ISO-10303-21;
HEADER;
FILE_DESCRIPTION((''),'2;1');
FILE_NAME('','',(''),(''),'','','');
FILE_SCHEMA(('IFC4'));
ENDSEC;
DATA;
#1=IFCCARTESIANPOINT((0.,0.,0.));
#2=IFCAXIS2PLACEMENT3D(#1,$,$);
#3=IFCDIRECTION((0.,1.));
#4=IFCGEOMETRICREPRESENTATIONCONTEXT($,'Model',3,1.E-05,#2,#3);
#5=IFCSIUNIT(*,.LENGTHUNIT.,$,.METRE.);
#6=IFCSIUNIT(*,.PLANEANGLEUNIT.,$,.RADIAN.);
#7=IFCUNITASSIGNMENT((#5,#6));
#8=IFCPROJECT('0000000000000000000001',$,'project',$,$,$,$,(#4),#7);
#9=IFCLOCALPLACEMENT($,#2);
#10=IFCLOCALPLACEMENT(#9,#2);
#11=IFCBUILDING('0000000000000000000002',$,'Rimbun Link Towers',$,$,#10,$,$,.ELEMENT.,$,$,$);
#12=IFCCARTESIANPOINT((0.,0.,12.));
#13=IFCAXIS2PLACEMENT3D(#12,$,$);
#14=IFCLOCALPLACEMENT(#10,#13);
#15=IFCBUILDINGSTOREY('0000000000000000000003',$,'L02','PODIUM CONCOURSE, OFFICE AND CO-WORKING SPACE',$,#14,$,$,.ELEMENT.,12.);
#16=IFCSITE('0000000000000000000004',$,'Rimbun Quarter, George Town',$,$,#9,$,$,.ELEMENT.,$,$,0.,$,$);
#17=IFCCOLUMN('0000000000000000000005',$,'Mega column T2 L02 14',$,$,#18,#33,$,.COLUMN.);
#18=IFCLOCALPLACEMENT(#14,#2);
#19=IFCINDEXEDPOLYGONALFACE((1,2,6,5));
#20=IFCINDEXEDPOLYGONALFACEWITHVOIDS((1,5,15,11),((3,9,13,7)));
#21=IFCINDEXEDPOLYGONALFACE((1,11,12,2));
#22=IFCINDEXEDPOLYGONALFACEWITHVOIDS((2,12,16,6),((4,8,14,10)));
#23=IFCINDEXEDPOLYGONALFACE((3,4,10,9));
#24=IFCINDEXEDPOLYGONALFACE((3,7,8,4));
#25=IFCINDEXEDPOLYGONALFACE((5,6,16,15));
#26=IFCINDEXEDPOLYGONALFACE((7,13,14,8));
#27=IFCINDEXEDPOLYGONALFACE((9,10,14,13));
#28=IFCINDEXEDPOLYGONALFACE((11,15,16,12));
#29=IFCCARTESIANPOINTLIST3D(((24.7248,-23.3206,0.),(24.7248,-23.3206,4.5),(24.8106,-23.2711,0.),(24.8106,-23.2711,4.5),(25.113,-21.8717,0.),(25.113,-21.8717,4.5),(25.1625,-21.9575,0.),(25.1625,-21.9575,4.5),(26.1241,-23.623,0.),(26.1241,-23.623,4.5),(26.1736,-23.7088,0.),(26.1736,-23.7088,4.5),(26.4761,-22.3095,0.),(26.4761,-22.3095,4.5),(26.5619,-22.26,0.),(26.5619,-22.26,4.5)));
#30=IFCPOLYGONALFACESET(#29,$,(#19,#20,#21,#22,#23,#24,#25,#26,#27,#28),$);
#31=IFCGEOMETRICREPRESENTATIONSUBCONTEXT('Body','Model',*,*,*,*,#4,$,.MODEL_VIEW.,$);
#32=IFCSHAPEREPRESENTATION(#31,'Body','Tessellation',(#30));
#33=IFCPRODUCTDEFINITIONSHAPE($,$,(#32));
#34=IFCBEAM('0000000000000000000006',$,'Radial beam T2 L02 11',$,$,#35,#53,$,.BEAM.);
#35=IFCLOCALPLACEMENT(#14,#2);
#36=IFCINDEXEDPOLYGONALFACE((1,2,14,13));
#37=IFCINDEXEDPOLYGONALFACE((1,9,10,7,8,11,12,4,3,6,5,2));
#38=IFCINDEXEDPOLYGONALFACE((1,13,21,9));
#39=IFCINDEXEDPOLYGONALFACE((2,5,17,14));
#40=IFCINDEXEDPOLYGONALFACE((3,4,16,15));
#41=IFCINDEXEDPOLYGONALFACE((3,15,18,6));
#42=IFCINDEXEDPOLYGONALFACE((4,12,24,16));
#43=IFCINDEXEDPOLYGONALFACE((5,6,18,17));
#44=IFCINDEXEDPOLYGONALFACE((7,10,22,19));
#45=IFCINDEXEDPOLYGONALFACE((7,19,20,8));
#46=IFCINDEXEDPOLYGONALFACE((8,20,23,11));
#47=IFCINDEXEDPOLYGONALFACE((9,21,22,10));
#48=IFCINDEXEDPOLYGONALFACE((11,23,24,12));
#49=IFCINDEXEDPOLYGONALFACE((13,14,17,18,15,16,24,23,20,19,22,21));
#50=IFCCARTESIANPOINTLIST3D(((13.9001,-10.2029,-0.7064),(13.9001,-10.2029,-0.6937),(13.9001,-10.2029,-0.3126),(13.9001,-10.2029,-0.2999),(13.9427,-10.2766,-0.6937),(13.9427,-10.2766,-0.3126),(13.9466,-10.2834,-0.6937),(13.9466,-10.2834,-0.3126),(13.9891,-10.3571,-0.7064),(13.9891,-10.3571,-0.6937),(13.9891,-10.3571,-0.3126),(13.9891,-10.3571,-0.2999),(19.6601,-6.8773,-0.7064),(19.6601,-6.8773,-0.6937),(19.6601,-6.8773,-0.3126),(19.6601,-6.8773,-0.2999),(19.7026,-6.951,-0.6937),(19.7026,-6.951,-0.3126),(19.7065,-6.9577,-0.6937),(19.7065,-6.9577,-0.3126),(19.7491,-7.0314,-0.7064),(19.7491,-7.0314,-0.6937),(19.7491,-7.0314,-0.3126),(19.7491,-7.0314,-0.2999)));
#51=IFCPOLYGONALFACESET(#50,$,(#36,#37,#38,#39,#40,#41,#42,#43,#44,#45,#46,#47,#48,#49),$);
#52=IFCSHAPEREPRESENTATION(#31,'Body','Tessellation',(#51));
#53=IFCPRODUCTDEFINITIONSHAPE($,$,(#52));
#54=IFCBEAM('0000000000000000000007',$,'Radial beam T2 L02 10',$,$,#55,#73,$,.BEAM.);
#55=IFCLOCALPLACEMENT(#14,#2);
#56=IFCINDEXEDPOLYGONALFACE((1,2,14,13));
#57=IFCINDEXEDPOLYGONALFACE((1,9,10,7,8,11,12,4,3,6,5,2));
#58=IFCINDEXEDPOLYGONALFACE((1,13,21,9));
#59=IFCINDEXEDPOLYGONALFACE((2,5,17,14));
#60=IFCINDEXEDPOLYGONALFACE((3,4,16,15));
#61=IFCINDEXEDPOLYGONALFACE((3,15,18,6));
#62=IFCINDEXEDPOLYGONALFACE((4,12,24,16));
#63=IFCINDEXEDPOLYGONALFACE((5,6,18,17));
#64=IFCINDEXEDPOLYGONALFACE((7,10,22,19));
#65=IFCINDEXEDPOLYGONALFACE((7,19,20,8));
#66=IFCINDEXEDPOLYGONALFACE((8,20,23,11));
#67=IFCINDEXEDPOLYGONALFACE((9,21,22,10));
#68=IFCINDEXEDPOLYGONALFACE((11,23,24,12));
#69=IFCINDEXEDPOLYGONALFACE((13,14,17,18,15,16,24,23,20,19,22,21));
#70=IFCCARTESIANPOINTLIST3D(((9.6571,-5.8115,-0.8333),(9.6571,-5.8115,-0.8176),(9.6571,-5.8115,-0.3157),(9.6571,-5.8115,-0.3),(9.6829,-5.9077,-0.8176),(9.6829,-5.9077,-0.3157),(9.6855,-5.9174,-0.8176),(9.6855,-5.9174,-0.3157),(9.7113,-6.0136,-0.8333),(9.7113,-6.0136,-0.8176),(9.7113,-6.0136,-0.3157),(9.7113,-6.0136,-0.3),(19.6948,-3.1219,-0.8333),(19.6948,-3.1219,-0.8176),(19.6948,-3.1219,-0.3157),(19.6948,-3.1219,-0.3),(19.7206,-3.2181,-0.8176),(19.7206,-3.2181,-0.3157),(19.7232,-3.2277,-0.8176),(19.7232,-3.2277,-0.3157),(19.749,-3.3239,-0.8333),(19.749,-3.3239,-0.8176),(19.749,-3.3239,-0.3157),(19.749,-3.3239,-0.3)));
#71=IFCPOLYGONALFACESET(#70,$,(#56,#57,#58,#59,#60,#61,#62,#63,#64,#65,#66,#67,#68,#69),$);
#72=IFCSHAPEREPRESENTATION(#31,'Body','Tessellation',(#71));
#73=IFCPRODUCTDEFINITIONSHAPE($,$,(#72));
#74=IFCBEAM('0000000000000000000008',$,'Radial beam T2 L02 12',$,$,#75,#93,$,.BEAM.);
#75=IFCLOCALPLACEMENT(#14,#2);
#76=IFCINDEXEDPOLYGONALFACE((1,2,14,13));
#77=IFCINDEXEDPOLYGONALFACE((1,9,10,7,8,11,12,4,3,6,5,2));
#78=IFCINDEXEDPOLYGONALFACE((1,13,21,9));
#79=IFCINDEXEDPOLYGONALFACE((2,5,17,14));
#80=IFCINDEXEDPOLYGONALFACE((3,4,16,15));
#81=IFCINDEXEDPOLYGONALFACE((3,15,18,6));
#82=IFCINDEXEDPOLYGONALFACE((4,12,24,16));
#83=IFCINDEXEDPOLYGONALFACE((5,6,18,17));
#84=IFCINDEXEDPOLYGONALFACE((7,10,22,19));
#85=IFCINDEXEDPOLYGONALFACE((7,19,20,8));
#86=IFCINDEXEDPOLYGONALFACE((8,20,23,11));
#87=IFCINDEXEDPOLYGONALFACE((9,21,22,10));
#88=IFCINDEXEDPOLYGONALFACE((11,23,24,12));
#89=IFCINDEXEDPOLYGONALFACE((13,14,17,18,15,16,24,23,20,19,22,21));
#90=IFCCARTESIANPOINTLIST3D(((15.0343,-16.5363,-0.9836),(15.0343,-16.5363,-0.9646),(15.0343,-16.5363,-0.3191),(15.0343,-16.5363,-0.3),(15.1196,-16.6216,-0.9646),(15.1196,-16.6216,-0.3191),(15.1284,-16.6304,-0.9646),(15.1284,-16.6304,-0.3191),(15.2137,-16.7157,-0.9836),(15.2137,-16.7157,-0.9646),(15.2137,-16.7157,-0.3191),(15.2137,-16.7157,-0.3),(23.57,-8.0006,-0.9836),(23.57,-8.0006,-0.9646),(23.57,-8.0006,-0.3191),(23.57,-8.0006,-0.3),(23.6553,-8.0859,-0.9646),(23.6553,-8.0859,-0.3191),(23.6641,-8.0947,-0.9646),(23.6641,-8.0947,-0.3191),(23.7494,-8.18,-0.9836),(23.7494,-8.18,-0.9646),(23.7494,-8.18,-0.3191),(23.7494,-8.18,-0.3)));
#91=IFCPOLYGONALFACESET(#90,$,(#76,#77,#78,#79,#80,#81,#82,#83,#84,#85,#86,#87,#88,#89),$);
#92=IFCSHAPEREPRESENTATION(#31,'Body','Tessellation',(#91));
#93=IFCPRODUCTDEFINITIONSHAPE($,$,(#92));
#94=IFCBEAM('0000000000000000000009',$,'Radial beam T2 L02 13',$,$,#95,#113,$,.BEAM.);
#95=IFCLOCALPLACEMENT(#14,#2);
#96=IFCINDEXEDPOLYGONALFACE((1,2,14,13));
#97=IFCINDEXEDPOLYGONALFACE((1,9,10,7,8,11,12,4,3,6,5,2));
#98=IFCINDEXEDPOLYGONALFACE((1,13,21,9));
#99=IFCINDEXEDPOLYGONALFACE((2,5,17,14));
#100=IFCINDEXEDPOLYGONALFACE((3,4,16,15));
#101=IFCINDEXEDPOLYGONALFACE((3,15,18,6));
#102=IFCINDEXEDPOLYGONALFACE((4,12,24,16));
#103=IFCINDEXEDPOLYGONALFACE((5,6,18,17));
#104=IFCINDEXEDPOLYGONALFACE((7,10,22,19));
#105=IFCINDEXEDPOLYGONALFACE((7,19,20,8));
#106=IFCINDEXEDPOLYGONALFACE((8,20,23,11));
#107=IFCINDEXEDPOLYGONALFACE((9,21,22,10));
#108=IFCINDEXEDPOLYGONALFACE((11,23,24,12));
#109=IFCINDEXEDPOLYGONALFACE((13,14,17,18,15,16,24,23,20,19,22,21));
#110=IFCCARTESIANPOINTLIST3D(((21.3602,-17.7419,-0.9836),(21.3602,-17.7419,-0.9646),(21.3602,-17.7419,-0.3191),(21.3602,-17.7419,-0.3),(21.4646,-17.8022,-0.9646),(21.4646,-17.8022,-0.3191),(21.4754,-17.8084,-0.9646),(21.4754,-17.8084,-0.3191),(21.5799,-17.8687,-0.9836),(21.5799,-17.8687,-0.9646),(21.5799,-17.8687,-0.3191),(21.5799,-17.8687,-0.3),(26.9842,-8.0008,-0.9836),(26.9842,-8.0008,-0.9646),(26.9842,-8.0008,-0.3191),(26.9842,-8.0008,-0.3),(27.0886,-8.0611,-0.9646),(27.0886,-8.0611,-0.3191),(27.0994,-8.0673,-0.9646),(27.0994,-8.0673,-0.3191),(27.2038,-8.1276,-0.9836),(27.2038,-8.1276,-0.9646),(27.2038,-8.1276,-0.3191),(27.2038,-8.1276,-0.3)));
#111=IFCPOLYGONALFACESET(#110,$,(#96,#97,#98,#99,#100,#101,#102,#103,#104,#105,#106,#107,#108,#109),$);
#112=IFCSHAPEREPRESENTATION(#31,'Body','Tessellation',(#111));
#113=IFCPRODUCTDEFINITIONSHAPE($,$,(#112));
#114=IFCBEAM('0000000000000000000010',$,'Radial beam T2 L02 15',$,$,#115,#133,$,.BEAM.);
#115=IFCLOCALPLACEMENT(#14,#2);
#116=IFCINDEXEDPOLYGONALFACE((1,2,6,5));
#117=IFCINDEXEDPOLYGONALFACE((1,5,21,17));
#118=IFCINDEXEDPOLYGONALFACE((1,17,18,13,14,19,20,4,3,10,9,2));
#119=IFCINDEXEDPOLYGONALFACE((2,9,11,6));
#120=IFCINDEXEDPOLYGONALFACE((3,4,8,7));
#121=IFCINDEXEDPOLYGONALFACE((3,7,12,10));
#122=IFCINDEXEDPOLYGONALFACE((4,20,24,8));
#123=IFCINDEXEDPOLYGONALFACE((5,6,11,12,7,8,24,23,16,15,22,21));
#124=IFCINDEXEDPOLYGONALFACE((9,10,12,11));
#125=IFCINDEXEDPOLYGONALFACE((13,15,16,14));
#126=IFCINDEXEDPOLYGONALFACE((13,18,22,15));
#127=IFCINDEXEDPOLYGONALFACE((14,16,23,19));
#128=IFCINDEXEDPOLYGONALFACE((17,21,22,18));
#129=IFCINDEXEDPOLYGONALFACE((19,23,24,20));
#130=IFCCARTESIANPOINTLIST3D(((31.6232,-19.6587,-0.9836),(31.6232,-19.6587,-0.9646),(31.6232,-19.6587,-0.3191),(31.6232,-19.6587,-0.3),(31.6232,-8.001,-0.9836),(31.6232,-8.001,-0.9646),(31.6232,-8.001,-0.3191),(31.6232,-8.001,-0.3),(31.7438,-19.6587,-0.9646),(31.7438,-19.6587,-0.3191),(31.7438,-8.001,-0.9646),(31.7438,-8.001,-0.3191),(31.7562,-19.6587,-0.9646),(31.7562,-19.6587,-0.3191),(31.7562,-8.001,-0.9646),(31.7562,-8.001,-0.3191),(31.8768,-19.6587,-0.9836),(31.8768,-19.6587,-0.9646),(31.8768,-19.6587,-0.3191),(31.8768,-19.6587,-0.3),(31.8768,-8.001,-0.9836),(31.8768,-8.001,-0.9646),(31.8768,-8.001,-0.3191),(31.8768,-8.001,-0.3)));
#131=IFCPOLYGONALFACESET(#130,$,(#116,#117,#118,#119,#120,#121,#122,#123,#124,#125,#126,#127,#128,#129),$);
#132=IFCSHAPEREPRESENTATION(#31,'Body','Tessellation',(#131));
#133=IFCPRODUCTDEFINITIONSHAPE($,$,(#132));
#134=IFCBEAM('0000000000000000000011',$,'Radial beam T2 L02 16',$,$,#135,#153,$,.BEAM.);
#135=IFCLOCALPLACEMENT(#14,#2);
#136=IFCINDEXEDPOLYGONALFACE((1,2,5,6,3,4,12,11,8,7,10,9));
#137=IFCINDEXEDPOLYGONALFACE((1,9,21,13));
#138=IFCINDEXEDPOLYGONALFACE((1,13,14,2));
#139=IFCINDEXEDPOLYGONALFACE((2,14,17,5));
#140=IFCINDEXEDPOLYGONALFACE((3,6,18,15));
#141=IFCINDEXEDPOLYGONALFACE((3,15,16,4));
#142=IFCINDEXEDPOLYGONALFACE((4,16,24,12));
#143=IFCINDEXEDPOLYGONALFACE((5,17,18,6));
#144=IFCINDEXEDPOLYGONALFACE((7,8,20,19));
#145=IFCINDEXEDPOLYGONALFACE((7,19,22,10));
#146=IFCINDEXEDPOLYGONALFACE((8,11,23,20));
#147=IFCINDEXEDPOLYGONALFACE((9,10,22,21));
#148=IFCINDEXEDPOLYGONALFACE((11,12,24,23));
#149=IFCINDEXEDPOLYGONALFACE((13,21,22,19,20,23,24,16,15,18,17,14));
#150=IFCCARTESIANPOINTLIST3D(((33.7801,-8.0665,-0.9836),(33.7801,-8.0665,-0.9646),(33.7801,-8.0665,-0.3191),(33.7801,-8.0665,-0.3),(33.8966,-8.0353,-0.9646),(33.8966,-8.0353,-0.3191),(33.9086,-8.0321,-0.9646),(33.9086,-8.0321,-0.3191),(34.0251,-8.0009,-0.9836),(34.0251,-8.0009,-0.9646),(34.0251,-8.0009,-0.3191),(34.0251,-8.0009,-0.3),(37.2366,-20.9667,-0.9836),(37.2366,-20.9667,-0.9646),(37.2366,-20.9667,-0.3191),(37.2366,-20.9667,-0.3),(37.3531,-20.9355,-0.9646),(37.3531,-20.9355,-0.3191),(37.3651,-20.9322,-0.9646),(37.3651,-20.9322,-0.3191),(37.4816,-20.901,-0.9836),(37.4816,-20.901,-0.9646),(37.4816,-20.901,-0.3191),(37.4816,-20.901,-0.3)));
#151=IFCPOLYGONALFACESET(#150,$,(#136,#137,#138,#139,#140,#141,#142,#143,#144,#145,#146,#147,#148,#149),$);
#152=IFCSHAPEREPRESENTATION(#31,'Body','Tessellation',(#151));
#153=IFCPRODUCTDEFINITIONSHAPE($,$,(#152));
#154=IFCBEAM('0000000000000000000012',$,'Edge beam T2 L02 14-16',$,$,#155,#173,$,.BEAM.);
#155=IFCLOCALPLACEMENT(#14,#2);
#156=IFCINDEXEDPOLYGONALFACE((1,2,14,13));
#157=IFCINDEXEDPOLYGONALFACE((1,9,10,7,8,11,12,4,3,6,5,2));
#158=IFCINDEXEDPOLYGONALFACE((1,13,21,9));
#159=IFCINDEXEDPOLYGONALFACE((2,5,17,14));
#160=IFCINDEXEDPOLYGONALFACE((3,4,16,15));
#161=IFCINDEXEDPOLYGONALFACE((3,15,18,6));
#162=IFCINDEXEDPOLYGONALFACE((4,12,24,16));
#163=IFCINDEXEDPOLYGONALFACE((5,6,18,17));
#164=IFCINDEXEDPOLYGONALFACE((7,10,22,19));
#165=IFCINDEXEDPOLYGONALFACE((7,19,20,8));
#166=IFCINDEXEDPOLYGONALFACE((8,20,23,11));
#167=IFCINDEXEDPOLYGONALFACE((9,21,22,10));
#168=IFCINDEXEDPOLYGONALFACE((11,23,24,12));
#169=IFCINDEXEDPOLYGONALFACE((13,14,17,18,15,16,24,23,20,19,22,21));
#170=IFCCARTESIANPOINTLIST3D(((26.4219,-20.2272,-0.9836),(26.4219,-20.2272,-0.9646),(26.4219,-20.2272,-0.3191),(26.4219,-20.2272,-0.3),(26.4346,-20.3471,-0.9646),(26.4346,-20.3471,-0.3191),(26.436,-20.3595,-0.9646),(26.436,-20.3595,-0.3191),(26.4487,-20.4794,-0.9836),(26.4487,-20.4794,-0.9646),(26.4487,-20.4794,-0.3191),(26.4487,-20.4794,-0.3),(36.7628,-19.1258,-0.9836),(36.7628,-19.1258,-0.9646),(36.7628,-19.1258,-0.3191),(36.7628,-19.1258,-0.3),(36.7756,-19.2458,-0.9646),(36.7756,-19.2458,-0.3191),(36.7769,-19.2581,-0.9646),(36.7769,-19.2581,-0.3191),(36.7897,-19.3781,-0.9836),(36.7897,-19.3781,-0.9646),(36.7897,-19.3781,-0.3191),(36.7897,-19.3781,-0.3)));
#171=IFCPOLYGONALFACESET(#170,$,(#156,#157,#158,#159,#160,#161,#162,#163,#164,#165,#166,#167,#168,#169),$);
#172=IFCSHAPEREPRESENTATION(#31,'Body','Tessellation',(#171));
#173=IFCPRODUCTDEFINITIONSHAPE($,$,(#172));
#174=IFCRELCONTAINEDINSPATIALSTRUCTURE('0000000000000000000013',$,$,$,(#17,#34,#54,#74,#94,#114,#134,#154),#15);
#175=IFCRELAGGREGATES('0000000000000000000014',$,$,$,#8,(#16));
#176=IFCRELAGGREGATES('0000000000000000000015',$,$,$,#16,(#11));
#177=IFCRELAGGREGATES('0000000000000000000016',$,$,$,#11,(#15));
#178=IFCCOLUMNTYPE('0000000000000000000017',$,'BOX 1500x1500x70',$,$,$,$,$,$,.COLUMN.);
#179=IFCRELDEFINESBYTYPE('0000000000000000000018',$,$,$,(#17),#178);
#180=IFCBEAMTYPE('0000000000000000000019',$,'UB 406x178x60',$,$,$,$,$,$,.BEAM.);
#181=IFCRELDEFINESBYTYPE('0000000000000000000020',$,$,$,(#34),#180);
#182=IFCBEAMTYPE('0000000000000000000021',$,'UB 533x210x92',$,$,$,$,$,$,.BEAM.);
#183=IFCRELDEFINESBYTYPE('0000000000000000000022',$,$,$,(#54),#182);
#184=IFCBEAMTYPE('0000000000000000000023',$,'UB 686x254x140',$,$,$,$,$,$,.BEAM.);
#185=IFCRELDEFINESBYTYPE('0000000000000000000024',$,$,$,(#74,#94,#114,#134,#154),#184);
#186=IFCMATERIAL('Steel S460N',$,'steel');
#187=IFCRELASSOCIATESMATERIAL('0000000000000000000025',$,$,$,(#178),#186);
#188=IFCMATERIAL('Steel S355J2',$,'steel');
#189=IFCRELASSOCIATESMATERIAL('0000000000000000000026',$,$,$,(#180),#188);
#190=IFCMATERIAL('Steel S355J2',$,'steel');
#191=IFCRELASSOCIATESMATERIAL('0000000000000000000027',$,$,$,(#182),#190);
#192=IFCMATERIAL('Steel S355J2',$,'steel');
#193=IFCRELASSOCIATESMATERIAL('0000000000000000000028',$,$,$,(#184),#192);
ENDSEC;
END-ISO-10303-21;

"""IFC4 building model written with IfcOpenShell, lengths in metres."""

from ifc_helpers import new_model, si_unit, direction, frame, origin, origin_2d, place, context, subcontext, project, spatial, hollow_rectangle, i_section, extrude, material, material_profile, profile_set, type_object, element, save


model = new_model("IFC4")

# Units and contexts
model_context = context("Model", 3, precision=1e-05, world=origin(), true_north=direction((0.0, 1.0)))
body_context = subcontext(model_context, "Body", "Model", "MODEL_VIEW")
ifc_project = project(units=[si_unit("LENGTHUNIT", "METRE"), si_unit("PLANEANGLEUNIT", "RADIAN")], contexts=[model_context])

# Site, building, storey
site_placement = place(None, origin())
site = spatial("IfcSite", under=ifc_project, at=site_placement, Name="Rimbun Quarter, George Town", CompositionType="ELEMENT", RefElevation=0.0)
building_placement = place(site_placement, origin())
building = spatial("IfcBuilding", under=site, at=building_placement, Name="Rimbun Link Towers", CompositionType="ELEMENT")
storey_placement = place(building_placement, frame((0.0, 0.0, 12.0)))
storey = spatial("IfcBuildingStorey", under=building, at=storey_placement, Name="L02", Description="PODIUM CONCOURSE, OFFICE AND CO-WORKING SPACE", CompositionType="ELEMENT", Elevation=12.0)

# Column
ifc_material_1 = material(Name="Steel S460N", Category="steel")
ifc_material_profile_1 = material_profile(ifc_material_1, hollow_rectangle(XDim=1.5, YDim=1.5, WallThickness=0.0701, at=origin_2d()), Name="BOX 1500x1500x70")
ifc_profile_set_1 = profile_set([ifc_material_profile_1], Name="Steel S460N")
column_type = type_object("IfcColumnType", Name="BOX 1500x1500x70", PredefinedType="COLUMN", material=ifc_profile_set_1)
column_placement = place(storey_placement, frame((25.6433, -22.7903, 0.0), z_axis=(0.0, 0.0, 1.0), x_axis=(-0.258819, -0.965926, 0.0)))
element("IfcColumn", 1, at=column_placement, inside=storey, type_object=column_type, Name="Mega column T2 L02 14", PredefinedType="COLUMN", context=body_context, shape_type="SweptSolid", body=[
    extrude(hollow_rectangle(XDim=1.5, YDim=1.5, WallThickness=0.0701, at=origin_2d()), origin(), (0.0, 0.0, 1.0), 4.5),
])

# Beams
ifc_material_2 = material(Name="Steel S355J2", Category="steel")
ifc_material_profile_2 = material_profile(ifc_material_2, i_section(OverallWidth=0.178, OverallDepth=0.4065, WebThickness=0.0078, FlangeThickness=0.0127, at=origin_2d()), Name="UB 406x178x60")
ifc_profile_set_2 = profile_set([ifc_material_profile_2], Name="Steel S355J2")
beam_type_1 = type_object("IfcBeamType", Name="UB 406x178x60", PredefinedType="BEAM", material=ifc_profile_set_2)
beam_1_placement = place(storey_placement, frame((19.7046, -6.9543, -0.5032), z_axis=(-0.866016, -0.500016, 0.0), x_axis=(0.500016, -0.866016, 0.0)))
element("IfcBeam", 2, at=beam_1_placement, inside=storey, type_object=beam_type_1, Name="Radial beam T2 L02 11", PredefinedType="BEAM", context=body_context, shape_type="SweptSolid", body=[
    extrude(i_section(OverallWidth=0.178, OverallDepth=0.4065, WebThickness=0.0078, FlangeThickness=0.0127, at=origin_2d()), origin(), (0.0, 0.0, 1.0), 6.6511),
])
ifc_material_3 = material(Name="Steel S355J2", Category="steel")
ifc_material_profile_3 = material_profile(ifc_material_3, i_section(OverallWidth=0.2092, OverallDepth=0.5332, WebThickness=0.01, FlangeThickness=0.0156, at=origin_2d()), Name="UB 533x210x92")
ifc_profile_set_3 = profile_set([ifc_material_profile_3], Name="Steel S355J2")
beam_type_2 = type_object("IfcBeamType", Name="UB 533x210x92", PredefinedType="BEAM", material=ifc_profile_set_3)
beam_2_placement = place(storey_placement, frame((19.7219, -3.2229, -0.5667), z_axis=(-0.965924, -0.258825, 0.0), x_axis=(0.258825, -0.965924, 0.0)))
element("IfcBeam", 3, at=beam_2_placement, inside=storey, type_object=beam_type_2, Name="Radial beam T2 L02 10", PredefinedType="BEAM", context=body_context, shape_type="SweptSolid", body=[
    extrude(i_section(OverallWidth=0.2092, OverallDepth=0.5332, WebThickness=0.01, FlangeThickness=0.0156, at=origin_2d()), origin(), (0.0, 0.0, 1.0), 10.3918),
])
ifc_material_4 = material(Name="Steel S355J2", Category="steel")
ifc_material_profile_4 = material_profile(ifc_material_4, i_section(OverallWidth=0.2537, OverallDepth=0.6836, WebThickness=0.0125, FlangeThickness=0.019, at=origin_2d()), Name="UB 686x254x140")
ifc_profile_set_4 = profile_set([ifc_material_profile_4], Name="Steel S355J2")
beam_type_3 = type_object("IfcBeamType", Name="UB 686x254x140", PredefinedType="BEAM", material=ifc_profile_set_4)
beam_3_placement = place(storey_placement, frame((23.6597, -8.0903, -0.6418), z_axis=(-0.707107, -0.707107, 0.0), x_axis=(0.707107, -0.707107, 0.0)))
element("IfcBeam", 4, at=beam_3_placement, inside=storey, type_object=beam_type_3, Name="Radial beam T2 L02 12", PredefinedType="BEAM", context=body_context, shape_type="SweptSolid", body=[
    extrude(i_section(OverallWidth=0.2537, OverallDepth=0.6836, WebThickness=0.0125, FlangeThickness=0.019, at=origin_2d()), origin(), (0.0, 0.0, 1.0), 12.0713),
])
beam_4_placement = place(storey_placement, frame((27.094, -8.0642, -0.6418), z_axis=(-0.499996, -0.866028, 0.0), x_axis=(0.866028, -0.499996, 0.0)))
element("IfcBeam", 5, at=beam_4_placement, inside=storey, type_object=beam_type_3, Name="Radial beam T2 L02 13", PredefinedType="BEAM", context=body_context, shape_type="SweptSolid", body=[
    extrude(i_section(OverallWidth=0.2537, OverallDepth=0.6836, WebThickness=0.0125, FlangeThickness=0.019, at=origin_2d()), origin(), (0.0, 0.0, 1.0), 11.248),
])
beam_5_placement = place(storey_placement, frame((31.75, -8.001, -0.6418), z_axis=(0.0, -1.0, 0.0), x_axis=(1.0, 0.0, 0.0)))
element("IfcBeam", 6, at=beam_5_placement, inside=storey, type_object=beam_type_3, Name="Radial beam T2 L02 15", PredefinedType="BEAM", context=body_context, shape_type="SweptSolid", body=[
    extrude(i_section(OverallWidth=0.2537, OverallDepth=0.6836, WebThickness=0.0125, FlangeThickness=0.019, at=origin_2d()), origin(), (0.0, 0.0, 1.0), 11.6577),
])
beam_6_placement = place(storey_placement, frame((33.9026, -8.0337, -0.6418), z_axis=(0.258816, -0.965927, 0.0), x_axis=(0.965927, 0.258816, 0.0)))
element("IfcBeam", 7, at=beam_6_placement, inside=storey, type_object=beam_type_3, Name="Radial beam T2 L02 16", PredefinedType="BEAM", context=body_context, shape_type="SweptSolid", body=[
    extrude(i_section(OverallWidth=0.2537, OverallDepth=0.6836, WebThickness=0.0125, FlangeThickness=0.019, at=origin_2d()), origin(), (0.0, 0.0, 1.0), 13.3552),
])
beam_7_placement = place(storey_placement, frame((26.4353, -20.3533, -0.6418), z_axis=(0.994376, 0.105903, 0.0), x_axis=(-0.105903, 0.994376, 0.0)))
element("IfcBeam", 8, at=beam_7_placement, inside=storey, type_object=beam_type_3, Name="Edge beam T2 L02 14-16", PredefinedType="BEAM", context=body_context, shape_type="SweptSolid", body=[
    extrude(i_section(OverallWidth=0.2537, OverallDepth=0.6836, WebThickness=0.0125, FlangeThickness=0.019, at=origin_2d()), origin(), (0.0, 0.0, 1.0), 10.3994),
])

save(model, "model.ifc")
